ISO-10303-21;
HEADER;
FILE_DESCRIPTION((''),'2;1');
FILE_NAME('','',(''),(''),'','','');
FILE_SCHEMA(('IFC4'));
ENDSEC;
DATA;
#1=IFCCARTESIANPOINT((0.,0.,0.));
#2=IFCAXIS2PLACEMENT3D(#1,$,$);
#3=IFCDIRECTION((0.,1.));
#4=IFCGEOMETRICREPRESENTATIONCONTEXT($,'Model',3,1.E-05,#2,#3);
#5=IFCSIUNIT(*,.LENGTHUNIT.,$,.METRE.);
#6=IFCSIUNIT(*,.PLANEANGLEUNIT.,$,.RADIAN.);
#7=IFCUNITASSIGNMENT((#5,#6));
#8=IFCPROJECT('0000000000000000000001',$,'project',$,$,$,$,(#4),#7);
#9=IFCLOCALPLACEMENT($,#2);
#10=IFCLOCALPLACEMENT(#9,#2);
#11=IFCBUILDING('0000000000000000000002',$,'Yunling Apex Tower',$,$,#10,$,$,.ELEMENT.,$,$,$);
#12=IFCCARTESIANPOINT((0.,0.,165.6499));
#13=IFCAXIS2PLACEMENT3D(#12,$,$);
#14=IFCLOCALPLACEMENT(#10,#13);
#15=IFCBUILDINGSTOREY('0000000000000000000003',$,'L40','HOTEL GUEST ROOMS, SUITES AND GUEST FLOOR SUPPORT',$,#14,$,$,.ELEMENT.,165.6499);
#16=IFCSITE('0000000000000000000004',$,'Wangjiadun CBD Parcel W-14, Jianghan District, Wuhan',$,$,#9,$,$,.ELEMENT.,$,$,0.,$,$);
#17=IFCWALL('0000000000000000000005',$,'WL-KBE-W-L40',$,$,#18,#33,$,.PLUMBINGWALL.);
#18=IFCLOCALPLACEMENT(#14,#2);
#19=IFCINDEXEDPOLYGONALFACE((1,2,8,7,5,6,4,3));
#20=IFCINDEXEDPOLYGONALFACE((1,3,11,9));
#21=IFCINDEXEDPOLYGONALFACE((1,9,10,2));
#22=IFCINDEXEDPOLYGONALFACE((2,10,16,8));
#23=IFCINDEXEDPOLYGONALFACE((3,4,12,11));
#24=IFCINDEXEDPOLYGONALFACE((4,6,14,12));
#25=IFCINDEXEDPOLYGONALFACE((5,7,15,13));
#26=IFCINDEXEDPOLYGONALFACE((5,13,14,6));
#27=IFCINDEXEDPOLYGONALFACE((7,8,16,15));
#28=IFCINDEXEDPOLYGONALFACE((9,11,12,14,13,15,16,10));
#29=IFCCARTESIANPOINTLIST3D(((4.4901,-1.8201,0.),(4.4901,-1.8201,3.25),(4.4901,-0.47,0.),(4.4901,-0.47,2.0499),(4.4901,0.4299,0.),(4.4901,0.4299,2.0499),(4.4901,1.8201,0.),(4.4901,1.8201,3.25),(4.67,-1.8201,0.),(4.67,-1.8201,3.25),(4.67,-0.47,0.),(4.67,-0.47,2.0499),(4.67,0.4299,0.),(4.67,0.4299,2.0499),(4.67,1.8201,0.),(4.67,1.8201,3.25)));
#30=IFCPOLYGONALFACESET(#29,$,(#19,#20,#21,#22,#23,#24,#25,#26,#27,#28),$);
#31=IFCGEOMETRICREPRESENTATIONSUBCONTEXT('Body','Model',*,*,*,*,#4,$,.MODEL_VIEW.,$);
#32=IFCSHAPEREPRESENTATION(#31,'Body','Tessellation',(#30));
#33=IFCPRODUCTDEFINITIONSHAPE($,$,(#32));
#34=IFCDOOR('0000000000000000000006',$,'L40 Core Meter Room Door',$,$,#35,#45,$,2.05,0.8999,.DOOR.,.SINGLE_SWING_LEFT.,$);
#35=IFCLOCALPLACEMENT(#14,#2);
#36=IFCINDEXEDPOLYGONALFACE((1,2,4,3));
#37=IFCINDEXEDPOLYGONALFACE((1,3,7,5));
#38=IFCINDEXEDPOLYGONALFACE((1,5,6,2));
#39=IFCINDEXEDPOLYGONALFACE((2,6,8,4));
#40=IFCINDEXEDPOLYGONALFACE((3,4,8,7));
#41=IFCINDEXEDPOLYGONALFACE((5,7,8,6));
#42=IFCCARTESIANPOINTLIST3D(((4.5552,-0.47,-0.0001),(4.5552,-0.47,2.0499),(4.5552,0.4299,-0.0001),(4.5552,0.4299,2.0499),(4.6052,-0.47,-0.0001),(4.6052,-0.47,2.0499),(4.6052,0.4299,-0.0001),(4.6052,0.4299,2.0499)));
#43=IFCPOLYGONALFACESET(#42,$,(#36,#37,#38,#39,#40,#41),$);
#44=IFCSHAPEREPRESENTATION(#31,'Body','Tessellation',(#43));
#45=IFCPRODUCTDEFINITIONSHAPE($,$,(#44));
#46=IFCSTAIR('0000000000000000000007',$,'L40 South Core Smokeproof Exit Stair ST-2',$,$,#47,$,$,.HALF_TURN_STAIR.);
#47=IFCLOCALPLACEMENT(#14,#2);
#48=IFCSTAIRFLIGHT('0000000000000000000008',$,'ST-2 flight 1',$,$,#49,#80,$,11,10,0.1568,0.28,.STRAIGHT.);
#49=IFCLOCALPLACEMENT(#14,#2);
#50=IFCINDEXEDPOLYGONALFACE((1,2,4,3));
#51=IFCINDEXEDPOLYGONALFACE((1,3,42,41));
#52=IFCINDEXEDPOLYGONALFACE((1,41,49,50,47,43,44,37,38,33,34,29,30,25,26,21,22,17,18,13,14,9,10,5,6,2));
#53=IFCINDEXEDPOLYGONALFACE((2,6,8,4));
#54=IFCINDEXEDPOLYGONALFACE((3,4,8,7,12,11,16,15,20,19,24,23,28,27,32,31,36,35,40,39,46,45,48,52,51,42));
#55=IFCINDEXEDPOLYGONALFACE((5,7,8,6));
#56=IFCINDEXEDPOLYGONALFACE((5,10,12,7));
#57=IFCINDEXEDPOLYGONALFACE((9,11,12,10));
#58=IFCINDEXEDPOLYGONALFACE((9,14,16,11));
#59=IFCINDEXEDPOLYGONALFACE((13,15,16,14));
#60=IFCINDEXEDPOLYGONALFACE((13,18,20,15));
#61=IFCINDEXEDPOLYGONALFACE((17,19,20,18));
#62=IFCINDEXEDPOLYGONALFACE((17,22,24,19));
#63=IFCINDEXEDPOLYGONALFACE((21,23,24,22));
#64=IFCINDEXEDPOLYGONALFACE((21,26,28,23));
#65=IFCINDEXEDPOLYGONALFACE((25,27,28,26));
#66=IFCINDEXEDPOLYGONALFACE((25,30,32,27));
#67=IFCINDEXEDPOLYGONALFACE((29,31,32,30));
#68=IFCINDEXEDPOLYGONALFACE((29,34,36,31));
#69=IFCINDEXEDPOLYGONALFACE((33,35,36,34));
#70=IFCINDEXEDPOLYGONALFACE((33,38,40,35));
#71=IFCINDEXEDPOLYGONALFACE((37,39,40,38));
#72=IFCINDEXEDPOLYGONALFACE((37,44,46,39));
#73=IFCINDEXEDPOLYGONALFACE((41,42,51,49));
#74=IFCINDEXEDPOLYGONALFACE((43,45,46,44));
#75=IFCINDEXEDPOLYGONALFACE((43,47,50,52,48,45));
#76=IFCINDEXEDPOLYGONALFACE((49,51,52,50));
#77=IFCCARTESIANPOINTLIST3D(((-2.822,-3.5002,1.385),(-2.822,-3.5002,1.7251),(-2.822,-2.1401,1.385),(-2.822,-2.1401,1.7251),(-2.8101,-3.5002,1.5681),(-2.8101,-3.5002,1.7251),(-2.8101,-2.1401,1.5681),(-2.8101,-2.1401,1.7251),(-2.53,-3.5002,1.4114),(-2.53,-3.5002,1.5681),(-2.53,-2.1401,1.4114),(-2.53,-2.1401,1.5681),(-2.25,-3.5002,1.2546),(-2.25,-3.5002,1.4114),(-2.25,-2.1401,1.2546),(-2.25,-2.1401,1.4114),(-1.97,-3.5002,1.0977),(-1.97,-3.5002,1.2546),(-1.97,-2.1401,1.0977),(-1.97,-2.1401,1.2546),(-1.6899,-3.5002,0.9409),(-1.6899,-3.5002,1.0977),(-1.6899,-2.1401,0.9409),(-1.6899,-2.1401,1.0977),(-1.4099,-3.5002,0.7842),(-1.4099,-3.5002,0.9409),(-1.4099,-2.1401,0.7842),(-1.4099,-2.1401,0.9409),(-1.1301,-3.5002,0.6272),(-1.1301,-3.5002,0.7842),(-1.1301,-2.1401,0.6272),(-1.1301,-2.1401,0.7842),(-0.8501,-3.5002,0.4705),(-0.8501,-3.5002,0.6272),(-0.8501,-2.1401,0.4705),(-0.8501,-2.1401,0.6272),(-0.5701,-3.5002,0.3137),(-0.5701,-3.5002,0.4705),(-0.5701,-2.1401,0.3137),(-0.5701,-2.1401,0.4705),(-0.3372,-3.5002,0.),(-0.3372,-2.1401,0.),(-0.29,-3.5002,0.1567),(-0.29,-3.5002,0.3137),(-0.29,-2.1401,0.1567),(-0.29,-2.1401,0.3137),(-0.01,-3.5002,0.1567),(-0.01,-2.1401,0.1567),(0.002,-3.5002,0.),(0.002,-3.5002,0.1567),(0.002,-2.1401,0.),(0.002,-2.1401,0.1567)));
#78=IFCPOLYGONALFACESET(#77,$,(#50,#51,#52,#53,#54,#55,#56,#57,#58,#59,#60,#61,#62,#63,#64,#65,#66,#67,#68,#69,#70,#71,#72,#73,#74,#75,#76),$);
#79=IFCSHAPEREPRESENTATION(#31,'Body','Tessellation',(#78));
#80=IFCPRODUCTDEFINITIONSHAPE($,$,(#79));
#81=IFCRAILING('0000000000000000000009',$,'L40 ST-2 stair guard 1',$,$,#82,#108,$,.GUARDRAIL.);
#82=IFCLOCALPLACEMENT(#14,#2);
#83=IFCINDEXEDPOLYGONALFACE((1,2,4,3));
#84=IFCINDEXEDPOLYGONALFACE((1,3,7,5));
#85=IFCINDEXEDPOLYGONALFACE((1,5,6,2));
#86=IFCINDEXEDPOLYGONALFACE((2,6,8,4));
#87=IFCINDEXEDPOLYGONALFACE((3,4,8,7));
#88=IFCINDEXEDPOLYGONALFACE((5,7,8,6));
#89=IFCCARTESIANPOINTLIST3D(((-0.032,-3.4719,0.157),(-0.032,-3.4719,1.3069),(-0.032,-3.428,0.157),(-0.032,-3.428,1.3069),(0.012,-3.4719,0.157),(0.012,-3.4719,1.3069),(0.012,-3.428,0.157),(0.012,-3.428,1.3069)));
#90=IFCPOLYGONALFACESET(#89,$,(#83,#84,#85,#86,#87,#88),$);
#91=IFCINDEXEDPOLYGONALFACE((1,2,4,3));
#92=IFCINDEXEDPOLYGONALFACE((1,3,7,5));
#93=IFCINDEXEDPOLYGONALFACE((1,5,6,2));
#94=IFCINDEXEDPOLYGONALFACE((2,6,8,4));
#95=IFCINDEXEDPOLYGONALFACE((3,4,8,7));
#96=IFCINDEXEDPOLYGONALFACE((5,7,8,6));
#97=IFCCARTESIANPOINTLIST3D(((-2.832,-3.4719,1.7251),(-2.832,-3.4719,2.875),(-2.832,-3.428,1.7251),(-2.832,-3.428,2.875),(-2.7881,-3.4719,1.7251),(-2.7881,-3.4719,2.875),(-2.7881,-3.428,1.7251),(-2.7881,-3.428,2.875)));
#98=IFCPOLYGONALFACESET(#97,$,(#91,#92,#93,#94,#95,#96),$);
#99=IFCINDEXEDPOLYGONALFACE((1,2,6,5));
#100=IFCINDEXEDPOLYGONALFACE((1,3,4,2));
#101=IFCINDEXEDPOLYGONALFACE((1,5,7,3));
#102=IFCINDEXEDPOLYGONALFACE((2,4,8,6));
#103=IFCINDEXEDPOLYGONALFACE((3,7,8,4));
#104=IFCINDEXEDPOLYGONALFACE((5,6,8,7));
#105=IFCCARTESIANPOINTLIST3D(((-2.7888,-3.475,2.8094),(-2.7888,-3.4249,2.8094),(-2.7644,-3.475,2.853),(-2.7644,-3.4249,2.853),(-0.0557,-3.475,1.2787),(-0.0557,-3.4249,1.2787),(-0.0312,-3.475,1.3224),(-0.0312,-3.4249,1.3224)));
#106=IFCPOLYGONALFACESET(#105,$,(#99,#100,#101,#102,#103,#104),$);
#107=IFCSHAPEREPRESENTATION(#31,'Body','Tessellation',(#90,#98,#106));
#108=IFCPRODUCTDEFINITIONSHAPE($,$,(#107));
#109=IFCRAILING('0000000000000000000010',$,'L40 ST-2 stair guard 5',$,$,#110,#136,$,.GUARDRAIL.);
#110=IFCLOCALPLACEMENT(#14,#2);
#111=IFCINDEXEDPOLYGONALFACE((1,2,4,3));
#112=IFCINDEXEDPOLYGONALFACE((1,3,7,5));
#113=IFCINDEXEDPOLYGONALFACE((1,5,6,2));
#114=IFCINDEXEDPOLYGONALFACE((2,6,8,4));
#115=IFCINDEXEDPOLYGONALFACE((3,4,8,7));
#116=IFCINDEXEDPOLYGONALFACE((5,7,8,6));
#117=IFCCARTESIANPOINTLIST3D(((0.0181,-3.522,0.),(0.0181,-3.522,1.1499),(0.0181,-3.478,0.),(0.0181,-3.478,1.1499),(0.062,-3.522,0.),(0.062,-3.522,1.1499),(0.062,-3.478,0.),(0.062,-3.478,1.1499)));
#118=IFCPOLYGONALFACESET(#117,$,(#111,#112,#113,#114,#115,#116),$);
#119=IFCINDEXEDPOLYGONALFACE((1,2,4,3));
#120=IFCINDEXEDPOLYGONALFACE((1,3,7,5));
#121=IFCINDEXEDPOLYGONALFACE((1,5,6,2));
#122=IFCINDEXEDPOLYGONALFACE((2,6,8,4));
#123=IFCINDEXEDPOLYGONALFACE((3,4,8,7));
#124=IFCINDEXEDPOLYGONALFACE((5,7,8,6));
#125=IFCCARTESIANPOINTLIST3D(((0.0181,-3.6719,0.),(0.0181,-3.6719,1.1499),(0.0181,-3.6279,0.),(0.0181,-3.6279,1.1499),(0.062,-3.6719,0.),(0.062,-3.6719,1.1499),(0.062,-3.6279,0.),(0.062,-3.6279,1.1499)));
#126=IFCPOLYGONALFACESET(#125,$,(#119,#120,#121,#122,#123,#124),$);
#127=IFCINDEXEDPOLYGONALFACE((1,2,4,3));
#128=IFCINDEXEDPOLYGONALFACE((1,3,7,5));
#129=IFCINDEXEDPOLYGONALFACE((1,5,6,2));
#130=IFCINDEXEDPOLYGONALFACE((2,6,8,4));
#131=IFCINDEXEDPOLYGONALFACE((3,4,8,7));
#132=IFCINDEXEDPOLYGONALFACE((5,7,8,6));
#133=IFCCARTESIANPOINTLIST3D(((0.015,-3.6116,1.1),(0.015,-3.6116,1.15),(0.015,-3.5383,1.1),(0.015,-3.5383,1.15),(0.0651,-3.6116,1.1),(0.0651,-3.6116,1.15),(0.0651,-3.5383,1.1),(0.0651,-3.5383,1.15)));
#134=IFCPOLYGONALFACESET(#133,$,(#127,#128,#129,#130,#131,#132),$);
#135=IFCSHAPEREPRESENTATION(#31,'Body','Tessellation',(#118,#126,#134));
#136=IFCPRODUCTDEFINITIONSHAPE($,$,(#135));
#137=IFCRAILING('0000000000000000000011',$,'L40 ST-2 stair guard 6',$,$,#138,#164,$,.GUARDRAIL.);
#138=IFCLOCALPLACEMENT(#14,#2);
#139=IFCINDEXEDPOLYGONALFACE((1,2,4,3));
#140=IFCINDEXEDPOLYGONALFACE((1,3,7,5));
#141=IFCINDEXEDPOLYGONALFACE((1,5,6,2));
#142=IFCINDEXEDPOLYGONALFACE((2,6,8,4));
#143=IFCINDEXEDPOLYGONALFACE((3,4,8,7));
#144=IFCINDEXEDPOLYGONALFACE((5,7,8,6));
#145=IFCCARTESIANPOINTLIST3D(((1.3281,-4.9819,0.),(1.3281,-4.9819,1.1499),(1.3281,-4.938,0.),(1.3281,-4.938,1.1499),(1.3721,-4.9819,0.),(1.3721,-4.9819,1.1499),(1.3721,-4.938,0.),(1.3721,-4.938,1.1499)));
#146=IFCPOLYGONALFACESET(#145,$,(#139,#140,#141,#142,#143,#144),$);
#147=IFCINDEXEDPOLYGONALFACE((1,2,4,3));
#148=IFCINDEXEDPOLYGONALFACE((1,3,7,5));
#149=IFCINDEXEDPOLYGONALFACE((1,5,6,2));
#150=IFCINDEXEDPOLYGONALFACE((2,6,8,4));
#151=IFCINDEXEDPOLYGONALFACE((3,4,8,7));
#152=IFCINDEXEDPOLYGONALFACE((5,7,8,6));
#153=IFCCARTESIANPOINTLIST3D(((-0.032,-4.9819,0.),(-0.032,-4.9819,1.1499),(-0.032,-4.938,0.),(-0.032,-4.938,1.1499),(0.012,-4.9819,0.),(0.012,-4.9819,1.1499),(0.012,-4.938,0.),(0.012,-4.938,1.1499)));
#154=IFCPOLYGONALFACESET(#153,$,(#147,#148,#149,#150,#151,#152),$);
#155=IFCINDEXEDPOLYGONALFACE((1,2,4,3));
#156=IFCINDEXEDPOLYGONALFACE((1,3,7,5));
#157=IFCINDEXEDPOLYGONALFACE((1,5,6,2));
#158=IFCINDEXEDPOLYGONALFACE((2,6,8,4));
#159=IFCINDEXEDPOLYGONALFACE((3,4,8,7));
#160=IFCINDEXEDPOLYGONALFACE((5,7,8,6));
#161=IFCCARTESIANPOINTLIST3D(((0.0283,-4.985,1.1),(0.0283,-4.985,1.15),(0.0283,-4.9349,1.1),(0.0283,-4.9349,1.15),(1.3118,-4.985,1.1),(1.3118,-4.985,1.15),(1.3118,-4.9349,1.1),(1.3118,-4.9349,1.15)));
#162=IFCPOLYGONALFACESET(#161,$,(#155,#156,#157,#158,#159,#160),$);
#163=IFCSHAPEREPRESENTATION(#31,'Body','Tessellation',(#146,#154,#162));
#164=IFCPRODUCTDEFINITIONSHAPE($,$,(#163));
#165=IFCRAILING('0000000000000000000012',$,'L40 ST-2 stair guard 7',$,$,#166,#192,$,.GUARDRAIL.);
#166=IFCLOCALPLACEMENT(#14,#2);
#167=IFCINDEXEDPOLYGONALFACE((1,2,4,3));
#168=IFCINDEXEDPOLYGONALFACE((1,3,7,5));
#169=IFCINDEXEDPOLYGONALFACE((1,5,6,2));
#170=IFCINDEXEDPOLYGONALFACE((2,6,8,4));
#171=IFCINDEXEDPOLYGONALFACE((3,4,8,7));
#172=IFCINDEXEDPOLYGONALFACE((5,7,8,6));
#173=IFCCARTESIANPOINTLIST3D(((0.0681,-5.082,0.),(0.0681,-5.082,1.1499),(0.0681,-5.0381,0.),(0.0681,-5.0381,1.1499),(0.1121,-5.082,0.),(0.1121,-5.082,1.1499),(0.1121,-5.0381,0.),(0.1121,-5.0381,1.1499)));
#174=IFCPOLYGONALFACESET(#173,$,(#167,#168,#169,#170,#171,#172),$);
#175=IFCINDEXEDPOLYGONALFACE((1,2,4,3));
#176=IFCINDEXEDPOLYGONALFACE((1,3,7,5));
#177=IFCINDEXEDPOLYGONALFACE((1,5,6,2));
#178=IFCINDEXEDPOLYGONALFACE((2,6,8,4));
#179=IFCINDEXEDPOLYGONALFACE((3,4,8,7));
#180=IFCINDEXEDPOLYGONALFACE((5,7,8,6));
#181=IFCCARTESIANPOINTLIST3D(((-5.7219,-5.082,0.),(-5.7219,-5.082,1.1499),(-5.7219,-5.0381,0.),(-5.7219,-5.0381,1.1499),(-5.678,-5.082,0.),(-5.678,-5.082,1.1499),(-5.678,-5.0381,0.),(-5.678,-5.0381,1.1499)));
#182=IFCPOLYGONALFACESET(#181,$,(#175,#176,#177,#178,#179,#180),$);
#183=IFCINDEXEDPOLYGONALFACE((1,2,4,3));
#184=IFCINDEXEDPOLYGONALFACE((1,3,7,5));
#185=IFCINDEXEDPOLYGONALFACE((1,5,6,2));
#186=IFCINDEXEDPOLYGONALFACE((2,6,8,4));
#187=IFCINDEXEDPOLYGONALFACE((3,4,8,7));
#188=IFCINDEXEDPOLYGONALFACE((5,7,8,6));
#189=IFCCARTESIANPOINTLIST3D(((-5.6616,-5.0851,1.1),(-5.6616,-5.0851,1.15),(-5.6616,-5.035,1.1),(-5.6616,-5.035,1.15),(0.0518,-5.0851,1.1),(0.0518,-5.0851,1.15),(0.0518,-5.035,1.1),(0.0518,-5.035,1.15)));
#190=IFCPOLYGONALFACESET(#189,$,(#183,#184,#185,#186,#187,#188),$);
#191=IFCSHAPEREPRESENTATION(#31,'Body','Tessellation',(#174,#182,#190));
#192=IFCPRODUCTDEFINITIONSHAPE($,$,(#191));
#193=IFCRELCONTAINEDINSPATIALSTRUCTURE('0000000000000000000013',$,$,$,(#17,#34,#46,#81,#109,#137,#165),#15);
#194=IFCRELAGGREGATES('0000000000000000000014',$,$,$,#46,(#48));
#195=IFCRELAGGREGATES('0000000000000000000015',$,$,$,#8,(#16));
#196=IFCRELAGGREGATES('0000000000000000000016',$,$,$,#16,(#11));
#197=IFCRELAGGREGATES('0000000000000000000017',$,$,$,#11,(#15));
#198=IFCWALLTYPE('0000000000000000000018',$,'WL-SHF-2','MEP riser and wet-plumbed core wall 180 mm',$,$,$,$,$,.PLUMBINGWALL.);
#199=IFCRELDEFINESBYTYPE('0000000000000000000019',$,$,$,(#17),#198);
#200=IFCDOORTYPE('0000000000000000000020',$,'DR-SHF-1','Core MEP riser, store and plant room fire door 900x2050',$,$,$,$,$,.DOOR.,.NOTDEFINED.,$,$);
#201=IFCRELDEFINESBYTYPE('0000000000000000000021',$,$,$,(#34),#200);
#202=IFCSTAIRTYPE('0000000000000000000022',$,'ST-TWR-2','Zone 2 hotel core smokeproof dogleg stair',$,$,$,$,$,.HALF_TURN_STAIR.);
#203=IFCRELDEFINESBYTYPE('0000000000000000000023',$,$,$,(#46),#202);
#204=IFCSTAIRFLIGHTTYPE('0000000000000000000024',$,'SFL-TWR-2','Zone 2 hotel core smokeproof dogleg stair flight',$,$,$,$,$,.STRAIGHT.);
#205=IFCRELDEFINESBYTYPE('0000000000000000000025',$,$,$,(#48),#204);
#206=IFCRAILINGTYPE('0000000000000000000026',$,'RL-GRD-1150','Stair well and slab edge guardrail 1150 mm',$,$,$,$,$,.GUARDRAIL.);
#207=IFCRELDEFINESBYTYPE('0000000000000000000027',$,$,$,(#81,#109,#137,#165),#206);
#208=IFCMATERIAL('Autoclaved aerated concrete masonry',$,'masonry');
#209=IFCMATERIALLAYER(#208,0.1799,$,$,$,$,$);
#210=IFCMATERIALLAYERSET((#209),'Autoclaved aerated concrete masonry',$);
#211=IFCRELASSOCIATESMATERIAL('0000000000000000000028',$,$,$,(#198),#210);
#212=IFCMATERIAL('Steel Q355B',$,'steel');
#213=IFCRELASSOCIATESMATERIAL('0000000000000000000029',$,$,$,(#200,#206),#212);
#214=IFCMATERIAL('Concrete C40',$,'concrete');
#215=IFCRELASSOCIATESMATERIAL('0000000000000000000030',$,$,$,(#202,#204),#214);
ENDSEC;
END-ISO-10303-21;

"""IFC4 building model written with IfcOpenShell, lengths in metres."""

from ifc_helpers import new_model, si_unit, direction, frame, frame_2d, origin, origin_2d, place, context, subcontext, project, spatial, polyline, rectangle, outline, extrude, material, layer, layer_set, type_object, element, fill, aggregate, save


model = new_model("IFC4")

# Units and contexts
model_context = context("Model", 3, precision=1e-05, world=origin(), true_north=direction((0.0, 1.0)))
body_context = subcontext(model_context, "Body", "Model", "MODEL_VIEW")
ifc_project = project(units=[si_unit("LENGTHUNIT", "METRE"), si_unit("PLANEANGLEUNIT", "RADIAN")], contexts=[model_context])

# Site, building, storey
site_placement = place(None, origin())
site = spatial("IfcSite", under=ifc_project, at=site_placement, Name="Wangjiadun CBD Parcel W-14, Jianghan District, Wuhan", CompositionType="ELEMENT", RefElevation=0.0)
building_placement = place(site_placement, origin())
building = spatial("IfcBuilding", under=site, at=building_placement, Name="Yunling Apex Tower", CompositionType="ELEMENT")
storey_placement = place(building_placement, frame((0.0, 0.0, 165.6499)))
storey = spatial("IfcBuildingStorey", under=building, at=storey_placement, Name="L40", Description="HOTEL GUEST ROOMS, SUITES AND GUEST FLOOR SUPPORT", CompositionType="ELEMENT", Elevation=165.6499)

# Shared definitions
ifc_material_1 = material(Name="Concrete C40", Category="concrete")

# Shared definitions
ifc_material_2 = material(Name="Autoclaved aerated concrete masonry", Category="masonry")
ifc_material_3 = material(Name="Steel Q355B", Category="steel")

# Shared definitions
ifc_layer_1 = layer(ifc_material_2, 0.1799)
ifc_layer_set_1 = layer_set([ifc_layer_1], Name="Autoclaved aerated concrete masonry")
wall_type_1 = type_object("IfcWallType", Name="WL-SHF-2", Description="MEP riser and wet-plumbed core wall 180 mm", PredefinedType="PLUMBINGWALL", material=ifc_layer_set_1)

# Wall, opening, door
wall_1_placement = place(storey_placement, frame((4.5801, -1.8201, 0.0), z_axis=(0.0, 0.0, 1.0), x_axis=(0.0, 1.0, 0.0)))
wall_1 = element("IfcWall", 1, at=wall_1_placement, inside=storey, type_object=wall_type_1, Name="WL-KBE-W-L40", PredefinedType="PLUMBINGWALL", context=body_context, shape_type="SweptSolid", body=[
    extrude(rectangle(XDim=3.6401, YDim=0.1799, at=frame_2d((1.8201, 0.0))), origin(), (0.0, 0.0, 1.0), 3.25),
])
opening_1_placement = place(wall_1_placement, frame((1.3501, 0.0, 0.0)))
opening_1 = element("IfcOpeningElement", 2, at=opening_1_placement, cuts=wall_1, PredefinedType="OPENING", context=body_context, shape_type="SweptSolid", body=[
    extrude(rectangle(XDim=0.8999, YDim=2.05, at=frame_2d((0.45, 1.0249))), frame((0.0, 0.1001, 0.0), z_axis=(0.0, -1.0, 0.0), x_axis=(1.0, 0.0, 0.0)), (0.0, 0.0, 1.0), 0.2),
])
door_type_1 = type_object("IfcDoorType", Name="DR-SHF-1", Description="Core MEP riser, store and plant room fire door 900x2050", OperationType="NOTDEFINED", PredefinedType="DOOR", material=ifc_material_3)
door_1_placement = place(opening_1_placement, origin())
door_1 = element("IfcDoor", 3, at=door_1_placement, inside=storey, type_object=door_type_1, Name="L40 Core Meter Room Door", OperationType="SINGLE_SWING_LEFT", OverallHeight=2.05, OverallWidth=0.8999, PredefinedType="DOOR", context=body_context, shape_type="SweptSolid", body=[
    extrude(rectangle(XDim=0.8999, YDim=2.05, at=frame_2d((0.45, 1.0249))), frame((0.0, 0.0249, 0.0), z_axis=(0.0, -1.0, 0.0), x_axis=(1.0, 0.0, 0.0)), (0.0, 0.0, 1.0), 0.05),
])
fill(opening_1, door_1)

# Stair, stair flight
stair_type = type_object("IfcStairType", Name="ST-TWR-2", Description="Zone 2 hotel core smokeproof dogleg stair", PredefinedType="HALF_TURN_STAIR", material=ifc_material_1)
stair_placement = place(storey_placement, origin())
stair = element("IfcStair", 4, at=stair_placement, inside=storey, type_object=stair_type, Name="L40 South Core Smokeproof Exit Stair ST-2", PredefinedType="HALF_TURN_STAIR")
stair_flight_type = type_object("IfcStairFlightType", Name="SFL-TWR-2", Description="Zone 2 hotel core smokeproof dogleg stair flight", PredefinedType="STRAIGHT", material=ifc_material_1)
stair_flight_placement = place(storey_placement, frame((-0.01, -2.8201, 0.0), z_axis=(0.0, 0.0, 1.0), x_axis=(-1.0, 0.0, 0.0)))
stair_flight = element("IfcStairFlight", 5, at=stair_flight_placement, type_object=stair_flight_type, Name="ST-2 flight 1", NumberOfRisers=11, NumberOfTreads=10, PredefinedType="STRAIGHT", RiserHeight=0.1568, TreadLength=0.28, context=body_context, shape_type="SweptSolid", body=[
    extrude(outline(polyline([(-0.012, 0.0), (-0.012, 0.1567), (0.0, 0.1567), (0.28, 0.1567), (0.28, 0.3137), (0.5601, 0.3137), (0.5601, 0.4705), (0.8401, 0.4705), (0.8401, 0.6272), (1.1201, 0.6272), (1.1201, 0.7842), (1.3999, 0.7842), (1.3999, 0.9409), (1.6799, 0.9409), (1.6799, 1.0977), (1.96, 1.0977), (1.96, 1.2546), (2.24, 1.2546), (2.24, 1.4114), (2.52, 1.4114), (2.52, 1.5681), (2.8, 1.5681), (2.8, 1.7251), (2.812, 1.7251), (2.812, 1.385), (0.3271, 0.0), (-0.012, 0.0)])), frame((0.0, 0.6802, 0.0), z_axis=(0.0, -1.0, 0.0), x_axis=(1.0, 0.0, 0.0)), (0.0, 0.0, 1.0), 1.3601),
])
aggregate(stair, [stair_flight])

# Railings
railing_type_1 = type_object("IfcRailingType", Name="RL-GRD-1150", Description="Stair well and slab edge guardrail 1150 mm", PredefinedType="GUARDRAIL", material=ifc_material_3)
railing_1_placement = place(storey_placement, frame((-0.01, -3.45, 0.157)))
element("IfcRailing", 6, at=railing_1_placement, inside=storey, type_object=railing_type_1, Name="L40 ST-2 stair guard 1", PredefinedType="GUARDRAIL", context=body_context, shape_type="SweptSolid", body=[
    extrude(rectangle(XDim=0.0439, YDim=0.0439, at=origin_2d()), origin(), (0.0, 0.0, 1.0), 1.1499),
    extrude(rectangle(XDim=0.0439, YDim=0.0439, at=origin_2d()), frame((-2.8, 0.0, 1.5681)), (0.0, 0.0, 1.0), 1.1499),
    extrude(rectangle(XDim=0.05, YDim=0.05, at=origin_2d()), frame((-0.0334, 0.0, 1.1436), z_axis=(-0.872494, 0.0, 0.488624), x_axis=(0.0, -1.0, 0.0)), (0.0, 0.0, 1.0), 3.1326),
])
railing_2_placement = place(storey_placement, frame((0.04, -3.5, 0.0)))
element("IfcRailing", 7, at=railing_2_placement, inside=storey, type_object=railing_type_1, Name="L40 ST-2 stair guard 5", PredefinedType="GUARDRAIL", context=body_context, shape_type="SweptSolid", body=[
    extrude(rectangle(XDim=0.0439, YDim=0.0439, at=origin_2d()), origin(), (0.0, 0.0, 1.0), 1.1499),
    extrude(rectangle(XDim=0.0439, YDim=0.0439, at=origin_2d()), frame((0.0, -0.1499, 0.0)), (0.0, 0.0, 1.0), 1.1499),
    extrude(rectangle(XDim=0.05, YDim=0.05, at=origin_2d()), frame((0.0, -0.0383, 1.125), z_axis=(0.0, -1.0, 0.0), x_axis=(1.0, 0.0, 0.0)), (0.0, 0.0, 1.0), 0.0732),
])
railing_3_placement = place(storey_placement, frame((1.3501, -4.96, 0.0)))
element("IfcRailing", 8, at=railing_3_placement, inside=storey, type_object=railing_type_1, Name="L40 ST-2 stair guard 6", PredefinedType="GUARDRAIL", context=body_context, shape_type="SweptSolid", body=[
    extrude(rectangle(XDim=0.0439, YDim=0.0439, at=origin_2d()), origin(), (0.0, 0.0, 1.0), 1.1499),
    extrude(rectangle(XDim=0.0439, YDim=0.0439, at=origin_2d()), frame((-1.3601, 0.0, 0.0)), (0.0, 0.0, 1.0), 1.1499),
    extrude(rectangle(XDim=0.05, YDim=0.05, at=origin_2d()), frame((-0.0383, 0.0, 1.125), z_axis=(-1.0, 0.0, 0.0), x_axis=(0.0, -1.0, 0.0)), (0.0, 0.0, 1.0), 1.2834),
])
railing_4_placement = place(storey_placement, frame((0.0901, -5.0601, 0.0)))
element("IfcRailing", 9, at=railing_4_placement, inside=storey, type_object=railing_type_1, Name="L40 ST-2 stair guard 7", PredefinedType="GUARDRAIL", context=body_context, shape_type="SweptSolid", body=[
    extrude(rectangle(XDim=0.0439, YDim=0.0439, at=origin_2d()), origin(), (0.0, 0.0, 1.0), 1.1499),
    extrude(rectangle(XDim=0.0439, YDim=0.0439, at=origin_2d()), frame((-5.79, 0.0, 0.0)), (0.0, 0.0, 1.0), 1.1499),
    extrude(rectangle(XDim=0.05, YDim=0.05, at=origin_2d()), frame((-0.0383, 0.0, 1.125), z_axis=(-1.0, 0.0, 0.0), x_axis=(0.0, -1.0, 0.0)), (0.0, 0.0, 1.0), 5.7134),
])

save(model, "model.ifc")
